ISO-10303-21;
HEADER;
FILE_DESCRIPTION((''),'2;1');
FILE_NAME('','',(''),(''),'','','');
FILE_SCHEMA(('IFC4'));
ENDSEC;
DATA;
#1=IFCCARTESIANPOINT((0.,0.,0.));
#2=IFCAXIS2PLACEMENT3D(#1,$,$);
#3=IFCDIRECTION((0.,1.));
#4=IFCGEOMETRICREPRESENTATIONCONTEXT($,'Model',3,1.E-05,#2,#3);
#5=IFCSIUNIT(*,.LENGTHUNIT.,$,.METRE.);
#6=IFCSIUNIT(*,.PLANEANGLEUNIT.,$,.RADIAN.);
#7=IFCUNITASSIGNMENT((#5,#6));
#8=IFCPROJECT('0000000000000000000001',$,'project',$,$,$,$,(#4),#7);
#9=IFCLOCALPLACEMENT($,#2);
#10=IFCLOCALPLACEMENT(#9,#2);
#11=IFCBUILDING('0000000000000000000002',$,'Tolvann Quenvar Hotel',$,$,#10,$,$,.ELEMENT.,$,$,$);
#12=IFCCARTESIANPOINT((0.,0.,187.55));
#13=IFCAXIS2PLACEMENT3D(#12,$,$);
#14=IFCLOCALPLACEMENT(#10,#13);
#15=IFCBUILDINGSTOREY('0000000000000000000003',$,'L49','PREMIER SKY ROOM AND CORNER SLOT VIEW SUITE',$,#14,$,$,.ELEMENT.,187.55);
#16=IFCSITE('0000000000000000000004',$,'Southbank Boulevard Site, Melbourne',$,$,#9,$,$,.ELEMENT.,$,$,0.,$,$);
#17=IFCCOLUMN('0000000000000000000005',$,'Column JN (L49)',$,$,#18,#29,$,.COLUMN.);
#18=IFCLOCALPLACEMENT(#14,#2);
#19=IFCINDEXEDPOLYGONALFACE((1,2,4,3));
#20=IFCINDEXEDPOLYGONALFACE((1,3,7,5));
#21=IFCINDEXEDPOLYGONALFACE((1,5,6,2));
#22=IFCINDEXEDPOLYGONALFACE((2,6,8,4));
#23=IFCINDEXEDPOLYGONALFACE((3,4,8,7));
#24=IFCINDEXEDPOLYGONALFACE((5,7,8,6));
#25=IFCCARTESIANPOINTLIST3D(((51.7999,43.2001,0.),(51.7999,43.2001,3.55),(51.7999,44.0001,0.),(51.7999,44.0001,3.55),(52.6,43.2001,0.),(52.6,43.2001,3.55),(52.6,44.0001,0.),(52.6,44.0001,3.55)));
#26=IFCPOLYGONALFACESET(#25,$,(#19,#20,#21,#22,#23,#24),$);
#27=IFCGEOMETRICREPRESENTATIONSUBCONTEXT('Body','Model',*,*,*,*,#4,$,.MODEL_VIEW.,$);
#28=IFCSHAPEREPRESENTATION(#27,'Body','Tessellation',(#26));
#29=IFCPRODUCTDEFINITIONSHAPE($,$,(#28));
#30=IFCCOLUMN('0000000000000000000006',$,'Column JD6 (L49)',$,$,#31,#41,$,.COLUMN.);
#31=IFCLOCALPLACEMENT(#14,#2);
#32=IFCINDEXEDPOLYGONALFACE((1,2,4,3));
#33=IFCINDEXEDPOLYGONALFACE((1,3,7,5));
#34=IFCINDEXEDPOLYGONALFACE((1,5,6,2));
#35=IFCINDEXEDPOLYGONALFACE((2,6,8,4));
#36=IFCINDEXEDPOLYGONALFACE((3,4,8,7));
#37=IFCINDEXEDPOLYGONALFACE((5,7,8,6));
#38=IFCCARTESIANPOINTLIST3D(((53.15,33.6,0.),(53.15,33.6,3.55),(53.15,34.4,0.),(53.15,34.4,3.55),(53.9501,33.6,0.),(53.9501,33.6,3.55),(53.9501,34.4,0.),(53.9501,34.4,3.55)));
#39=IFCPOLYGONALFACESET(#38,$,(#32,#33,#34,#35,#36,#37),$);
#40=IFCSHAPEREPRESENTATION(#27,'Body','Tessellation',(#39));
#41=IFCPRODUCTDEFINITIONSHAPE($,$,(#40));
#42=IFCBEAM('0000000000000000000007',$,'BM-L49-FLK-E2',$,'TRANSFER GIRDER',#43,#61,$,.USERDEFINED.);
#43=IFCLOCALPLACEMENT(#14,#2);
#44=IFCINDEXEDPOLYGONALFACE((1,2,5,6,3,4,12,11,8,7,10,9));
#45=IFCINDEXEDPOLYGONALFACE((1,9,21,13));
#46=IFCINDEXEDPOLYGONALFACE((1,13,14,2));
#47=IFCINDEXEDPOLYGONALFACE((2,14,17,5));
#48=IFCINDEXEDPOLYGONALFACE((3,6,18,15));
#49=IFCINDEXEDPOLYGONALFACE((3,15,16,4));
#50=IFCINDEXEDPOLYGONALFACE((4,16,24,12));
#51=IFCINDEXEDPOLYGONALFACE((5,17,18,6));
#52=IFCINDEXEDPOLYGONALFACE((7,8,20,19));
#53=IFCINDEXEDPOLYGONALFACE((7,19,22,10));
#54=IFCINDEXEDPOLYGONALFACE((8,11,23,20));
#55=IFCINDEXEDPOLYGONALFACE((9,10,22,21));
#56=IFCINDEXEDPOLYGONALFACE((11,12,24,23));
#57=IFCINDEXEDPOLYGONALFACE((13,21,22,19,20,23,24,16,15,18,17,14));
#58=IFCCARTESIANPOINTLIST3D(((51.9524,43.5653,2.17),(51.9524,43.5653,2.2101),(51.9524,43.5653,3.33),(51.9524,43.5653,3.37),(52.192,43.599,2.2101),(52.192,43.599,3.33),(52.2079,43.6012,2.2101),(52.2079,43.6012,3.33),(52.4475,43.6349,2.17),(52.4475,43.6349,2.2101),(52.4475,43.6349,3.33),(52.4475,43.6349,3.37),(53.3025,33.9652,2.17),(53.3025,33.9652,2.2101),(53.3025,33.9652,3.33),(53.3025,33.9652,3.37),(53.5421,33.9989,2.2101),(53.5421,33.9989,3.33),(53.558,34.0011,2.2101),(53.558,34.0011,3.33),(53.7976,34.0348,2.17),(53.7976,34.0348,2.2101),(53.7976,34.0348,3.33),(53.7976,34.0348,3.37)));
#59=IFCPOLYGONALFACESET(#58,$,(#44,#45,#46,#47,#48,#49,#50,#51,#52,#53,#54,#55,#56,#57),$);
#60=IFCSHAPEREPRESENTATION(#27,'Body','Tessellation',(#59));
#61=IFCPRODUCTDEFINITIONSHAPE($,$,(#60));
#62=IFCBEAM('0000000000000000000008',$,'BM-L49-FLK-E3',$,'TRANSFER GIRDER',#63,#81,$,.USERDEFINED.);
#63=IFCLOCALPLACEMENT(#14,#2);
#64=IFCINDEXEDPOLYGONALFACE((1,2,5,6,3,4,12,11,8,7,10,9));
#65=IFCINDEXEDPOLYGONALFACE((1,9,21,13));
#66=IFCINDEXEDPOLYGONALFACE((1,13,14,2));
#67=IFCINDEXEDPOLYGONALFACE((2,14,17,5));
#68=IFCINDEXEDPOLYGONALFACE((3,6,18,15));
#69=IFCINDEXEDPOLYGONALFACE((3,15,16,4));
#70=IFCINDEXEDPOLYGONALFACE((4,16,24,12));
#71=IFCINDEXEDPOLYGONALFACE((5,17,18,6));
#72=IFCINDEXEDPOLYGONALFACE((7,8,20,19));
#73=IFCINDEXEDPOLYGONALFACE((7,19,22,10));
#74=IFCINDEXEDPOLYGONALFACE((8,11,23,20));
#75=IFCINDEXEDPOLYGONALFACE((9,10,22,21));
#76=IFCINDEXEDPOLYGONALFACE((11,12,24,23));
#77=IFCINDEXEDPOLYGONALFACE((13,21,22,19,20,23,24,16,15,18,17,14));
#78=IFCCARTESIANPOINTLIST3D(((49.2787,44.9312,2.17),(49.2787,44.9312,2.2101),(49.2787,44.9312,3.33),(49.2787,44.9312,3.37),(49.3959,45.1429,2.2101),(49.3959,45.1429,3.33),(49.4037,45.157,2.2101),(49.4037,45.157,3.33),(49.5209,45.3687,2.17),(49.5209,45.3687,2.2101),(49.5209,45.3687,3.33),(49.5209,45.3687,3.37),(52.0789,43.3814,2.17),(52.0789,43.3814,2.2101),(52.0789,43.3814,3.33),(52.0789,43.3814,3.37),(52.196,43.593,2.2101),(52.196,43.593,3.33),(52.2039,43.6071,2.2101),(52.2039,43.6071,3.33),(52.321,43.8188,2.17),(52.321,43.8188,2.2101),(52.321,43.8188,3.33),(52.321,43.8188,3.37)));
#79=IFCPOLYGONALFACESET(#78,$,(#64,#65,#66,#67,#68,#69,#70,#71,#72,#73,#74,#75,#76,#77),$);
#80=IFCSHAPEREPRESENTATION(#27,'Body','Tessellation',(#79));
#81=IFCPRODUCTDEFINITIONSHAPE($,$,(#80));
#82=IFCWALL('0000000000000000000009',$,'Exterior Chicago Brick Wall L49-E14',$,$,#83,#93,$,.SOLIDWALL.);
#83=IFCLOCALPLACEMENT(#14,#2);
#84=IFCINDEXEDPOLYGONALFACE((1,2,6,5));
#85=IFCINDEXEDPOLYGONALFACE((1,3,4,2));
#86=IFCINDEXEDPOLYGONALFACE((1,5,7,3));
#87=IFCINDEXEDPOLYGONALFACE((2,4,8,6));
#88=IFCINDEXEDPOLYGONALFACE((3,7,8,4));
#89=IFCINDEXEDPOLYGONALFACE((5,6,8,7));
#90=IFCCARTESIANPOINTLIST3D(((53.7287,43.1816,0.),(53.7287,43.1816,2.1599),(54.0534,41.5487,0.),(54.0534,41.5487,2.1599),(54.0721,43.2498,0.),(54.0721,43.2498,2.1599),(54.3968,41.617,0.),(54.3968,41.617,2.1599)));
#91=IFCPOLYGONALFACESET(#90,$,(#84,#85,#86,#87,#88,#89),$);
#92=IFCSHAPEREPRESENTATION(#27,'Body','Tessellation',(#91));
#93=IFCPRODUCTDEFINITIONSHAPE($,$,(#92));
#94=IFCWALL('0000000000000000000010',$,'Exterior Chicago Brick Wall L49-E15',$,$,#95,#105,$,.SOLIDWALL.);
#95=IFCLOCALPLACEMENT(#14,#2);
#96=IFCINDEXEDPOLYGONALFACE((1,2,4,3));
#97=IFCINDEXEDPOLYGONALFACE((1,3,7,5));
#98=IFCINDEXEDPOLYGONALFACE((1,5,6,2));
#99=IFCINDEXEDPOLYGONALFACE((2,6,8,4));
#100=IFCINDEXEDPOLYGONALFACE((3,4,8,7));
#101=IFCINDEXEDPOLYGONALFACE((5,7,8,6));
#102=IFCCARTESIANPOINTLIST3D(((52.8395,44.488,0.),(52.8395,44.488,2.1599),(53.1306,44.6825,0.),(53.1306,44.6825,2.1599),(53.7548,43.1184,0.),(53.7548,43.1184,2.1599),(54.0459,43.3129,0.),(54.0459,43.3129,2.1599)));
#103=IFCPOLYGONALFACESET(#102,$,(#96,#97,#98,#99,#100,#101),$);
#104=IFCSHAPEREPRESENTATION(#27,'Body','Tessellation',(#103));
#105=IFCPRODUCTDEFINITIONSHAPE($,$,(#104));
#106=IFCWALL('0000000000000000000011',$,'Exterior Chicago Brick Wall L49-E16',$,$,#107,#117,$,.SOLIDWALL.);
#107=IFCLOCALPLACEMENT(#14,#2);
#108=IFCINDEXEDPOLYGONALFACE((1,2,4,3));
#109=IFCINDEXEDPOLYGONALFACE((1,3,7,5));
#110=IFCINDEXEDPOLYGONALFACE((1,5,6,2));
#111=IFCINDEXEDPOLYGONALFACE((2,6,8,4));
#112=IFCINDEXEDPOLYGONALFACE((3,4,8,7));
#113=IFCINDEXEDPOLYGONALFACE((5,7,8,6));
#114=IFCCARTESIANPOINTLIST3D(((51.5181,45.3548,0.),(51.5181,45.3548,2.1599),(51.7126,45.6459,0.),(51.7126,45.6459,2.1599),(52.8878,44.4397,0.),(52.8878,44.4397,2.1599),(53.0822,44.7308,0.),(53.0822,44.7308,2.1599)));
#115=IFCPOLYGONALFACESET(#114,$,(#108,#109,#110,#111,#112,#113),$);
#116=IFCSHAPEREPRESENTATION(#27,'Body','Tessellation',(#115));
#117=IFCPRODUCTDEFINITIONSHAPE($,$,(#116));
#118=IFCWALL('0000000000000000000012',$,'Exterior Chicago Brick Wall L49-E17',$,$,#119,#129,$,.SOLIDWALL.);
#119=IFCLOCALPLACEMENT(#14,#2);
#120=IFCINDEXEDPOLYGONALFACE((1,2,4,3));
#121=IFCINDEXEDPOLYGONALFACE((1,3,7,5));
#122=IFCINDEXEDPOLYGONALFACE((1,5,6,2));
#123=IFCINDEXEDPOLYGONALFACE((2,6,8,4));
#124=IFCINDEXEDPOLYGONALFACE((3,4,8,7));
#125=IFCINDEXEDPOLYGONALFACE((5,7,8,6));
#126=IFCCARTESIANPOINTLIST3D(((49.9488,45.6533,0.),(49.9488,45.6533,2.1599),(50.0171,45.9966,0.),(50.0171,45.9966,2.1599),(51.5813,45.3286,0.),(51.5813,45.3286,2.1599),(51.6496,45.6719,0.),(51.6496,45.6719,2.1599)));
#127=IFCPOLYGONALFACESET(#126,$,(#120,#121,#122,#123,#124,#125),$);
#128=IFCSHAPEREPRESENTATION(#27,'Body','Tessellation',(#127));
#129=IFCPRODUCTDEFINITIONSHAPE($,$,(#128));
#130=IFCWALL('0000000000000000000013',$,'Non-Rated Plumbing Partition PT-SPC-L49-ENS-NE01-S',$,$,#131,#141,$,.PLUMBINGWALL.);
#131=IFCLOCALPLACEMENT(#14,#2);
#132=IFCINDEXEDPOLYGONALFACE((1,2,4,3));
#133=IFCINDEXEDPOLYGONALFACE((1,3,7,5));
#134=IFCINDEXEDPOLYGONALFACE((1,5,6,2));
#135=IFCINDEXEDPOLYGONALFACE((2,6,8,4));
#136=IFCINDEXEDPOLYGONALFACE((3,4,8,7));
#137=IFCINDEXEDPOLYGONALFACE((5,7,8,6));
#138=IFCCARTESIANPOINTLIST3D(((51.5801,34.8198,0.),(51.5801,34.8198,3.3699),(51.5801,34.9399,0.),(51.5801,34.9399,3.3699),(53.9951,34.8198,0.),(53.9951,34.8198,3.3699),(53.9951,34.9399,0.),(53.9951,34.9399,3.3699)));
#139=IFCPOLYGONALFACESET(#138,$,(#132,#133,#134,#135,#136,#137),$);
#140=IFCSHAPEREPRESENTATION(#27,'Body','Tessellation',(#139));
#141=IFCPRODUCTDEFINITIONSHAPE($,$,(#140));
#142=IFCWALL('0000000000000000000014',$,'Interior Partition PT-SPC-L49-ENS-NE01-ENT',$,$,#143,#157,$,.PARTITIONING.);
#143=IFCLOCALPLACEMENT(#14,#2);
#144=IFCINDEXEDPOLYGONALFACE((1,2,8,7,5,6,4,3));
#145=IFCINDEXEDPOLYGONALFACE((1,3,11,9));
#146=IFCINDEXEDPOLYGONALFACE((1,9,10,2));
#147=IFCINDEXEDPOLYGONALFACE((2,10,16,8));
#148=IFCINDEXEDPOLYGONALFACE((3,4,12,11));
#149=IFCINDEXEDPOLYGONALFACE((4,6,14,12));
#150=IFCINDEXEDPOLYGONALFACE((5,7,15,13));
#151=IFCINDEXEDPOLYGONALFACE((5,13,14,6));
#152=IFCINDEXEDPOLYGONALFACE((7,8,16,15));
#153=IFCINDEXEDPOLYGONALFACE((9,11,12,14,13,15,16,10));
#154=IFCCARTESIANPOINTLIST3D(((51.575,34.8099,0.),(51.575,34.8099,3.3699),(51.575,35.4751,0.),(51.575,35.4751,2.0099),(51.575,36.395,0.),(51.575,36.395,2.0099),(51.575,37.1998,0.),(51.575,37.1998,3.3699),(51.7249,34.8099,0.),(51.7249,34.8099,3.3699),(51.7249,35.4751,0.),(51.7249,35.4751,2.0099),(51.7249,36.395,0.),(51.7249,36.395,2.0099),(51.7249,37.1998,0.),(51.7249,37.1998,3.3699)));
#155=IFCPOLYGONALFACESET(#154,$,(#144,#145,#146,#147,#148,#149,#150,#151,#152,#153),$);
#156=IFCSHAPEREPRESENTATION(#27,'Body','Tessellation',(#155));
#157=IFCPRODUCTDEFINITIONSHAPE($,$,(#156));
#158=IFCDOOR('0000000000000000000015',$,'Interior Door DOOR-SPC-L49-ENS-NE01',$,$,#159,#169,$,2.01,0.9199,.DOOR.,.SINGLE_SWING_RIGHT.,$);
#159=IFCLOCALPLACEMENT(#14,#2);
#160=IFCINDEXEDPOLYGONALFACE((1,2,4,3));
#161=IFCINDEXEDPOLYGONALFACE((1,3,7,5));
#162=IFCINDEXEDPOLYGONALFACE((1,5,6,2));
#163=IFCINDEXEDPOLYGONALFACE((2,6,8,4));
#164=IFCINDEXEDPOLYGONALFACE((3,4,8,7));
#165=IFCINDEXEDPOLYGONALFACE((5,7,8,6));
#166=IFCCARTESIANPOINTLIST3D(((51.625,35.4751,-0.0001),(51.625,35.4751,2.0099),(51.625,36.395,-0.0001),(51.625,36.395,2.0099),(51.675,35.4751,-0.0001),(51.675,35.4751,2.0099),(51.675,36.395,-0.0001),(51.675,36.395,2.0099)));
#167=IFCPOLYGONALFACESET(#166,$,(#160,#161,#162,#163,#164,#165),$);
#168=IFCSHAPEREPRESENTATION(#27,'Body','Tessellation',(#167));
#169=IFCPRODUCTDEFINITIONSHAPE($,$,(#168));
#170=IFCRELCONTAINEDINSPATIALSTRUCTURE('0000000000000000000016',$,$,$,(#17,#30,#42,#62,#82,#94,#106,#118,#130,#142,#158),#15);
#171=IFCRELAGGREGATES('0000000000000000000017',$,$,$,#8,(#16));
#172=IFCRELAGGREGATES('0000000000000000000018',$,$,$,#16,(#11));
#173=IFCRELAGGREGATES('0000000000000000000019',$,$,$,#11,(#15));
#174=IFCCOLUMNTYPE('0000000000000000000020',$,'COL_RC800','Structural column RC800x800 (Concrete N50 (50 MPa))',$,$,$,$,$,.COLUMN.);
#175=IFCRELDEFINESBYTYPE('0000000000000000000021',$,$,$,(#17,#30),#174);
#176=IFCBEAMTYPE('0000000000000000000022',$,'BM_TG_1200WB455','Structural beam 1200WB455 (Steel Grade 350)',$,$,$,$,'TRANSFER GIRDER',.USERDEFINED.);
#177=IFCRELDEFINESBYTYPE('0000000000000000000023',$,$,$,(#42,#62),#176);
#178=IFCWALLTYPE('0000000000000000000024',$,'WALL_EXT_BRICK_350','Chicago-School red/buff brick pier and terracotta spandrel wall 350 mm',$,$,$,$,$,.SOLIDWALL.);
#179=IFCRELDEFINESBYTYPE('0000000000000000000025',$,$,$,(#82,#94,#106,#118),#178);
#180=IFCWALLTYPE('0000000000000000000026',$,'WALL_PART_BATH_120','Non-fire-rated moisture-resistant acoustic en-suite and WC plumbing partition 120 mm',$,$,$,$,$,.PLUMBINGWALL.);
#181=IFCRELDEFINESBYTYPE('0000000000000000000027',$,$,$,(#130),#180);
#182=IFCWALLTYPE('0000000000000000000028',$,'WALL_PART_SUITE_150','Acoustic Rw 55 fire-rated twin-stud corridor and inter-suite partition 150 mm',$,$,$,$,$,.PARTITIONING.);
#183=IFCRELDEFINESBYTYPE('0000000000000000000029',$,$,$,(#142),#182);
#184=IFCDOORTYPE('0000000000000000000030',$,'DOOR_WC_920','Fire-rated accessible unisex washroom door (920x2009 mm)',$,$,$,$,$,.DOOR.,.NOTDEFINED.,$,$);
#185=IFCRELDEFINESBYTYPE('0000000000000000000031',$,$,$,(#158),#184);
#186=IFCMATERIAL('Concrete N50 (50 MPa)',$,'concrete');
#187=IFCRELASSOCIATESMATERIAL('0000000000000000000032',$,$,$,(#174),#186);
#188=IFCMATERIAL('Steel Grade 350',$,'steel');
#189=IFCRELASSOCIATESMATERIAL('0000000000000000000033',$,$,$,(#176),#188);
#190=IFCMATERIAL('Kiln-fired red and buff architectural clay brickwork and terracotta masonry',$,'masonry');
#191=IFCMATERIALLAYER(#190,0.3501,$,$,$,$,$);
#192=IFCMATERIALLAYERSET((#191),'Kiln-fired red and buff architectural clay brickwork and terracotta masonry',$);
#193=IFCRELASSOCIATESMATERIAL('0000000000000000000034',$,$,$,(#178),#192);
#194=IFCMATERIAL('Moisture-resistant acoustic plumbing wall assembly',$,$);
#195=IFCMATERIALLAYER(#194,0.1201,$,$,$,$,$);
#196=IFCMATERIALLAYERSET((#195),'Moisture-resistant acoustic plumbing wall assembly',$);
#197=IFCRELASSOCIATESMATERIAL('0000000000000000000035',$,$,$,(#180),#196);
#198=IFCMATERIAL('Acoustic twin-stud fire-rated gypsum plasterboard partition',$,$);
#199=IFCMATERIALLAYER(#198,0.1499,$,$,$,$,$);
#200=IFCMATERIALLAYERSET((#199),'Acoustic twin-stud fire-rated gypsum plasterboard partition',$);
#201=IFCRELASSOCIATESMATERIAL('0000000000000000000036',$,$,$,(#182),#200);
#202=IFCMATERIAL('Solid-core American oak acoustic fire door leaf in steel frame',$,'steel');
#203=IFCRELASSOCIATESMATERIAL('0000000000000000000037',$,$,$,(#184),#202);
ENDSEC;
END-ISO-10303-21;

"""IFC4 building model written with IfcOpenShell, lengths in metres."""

from ifc_helpers import new_model, si_unit, direction, frame, frame_2d, origin, origin_2d, place, context, subcontext, project, spatial, rectangle, i_section, extrude, source, transform, mapped, material, layer, layer_set, material_profile, profile_set, type_object, type_shapes, element, fill, save


model = new_model("IFC4")

# Units and contexts
model_context = context("Model", 3, precision=1e-05, world=origin(), true_north=direction((0.0, 1.0)))
body_context = subcontext(model_context, "Body", "Model", "MODEL_VIEW")
ifc_project = project(units=[si_unit("LENGTHUNIT", "METRE"), si_unit("PLANEANGLEUNIT", "RADIAN")], contexts=[model_context])

# Site, building, storey
site_placement = place(None, origin())
site = spatial("IfcSite", under=ifc_project, at=site_placement, Name="Southbank Boulevard Site, Melbourne", CompositionType="ELEMENT", RefElevation=0.0)
building_placement = place(site_placement, origin())
building = spatial("IfcBuilding", under=site, at=building_placement, Name="Tolvann Quenvar Hotel", CompositionType="ELEMENT")
storey_placement = place(building_placement, frame((0.0, 0.0, 187.55)))
storey = spatial("IfcBuildingStorey", under=building, at=storey_placement, Name="L49", Description="PREMIER SKY ROOM AND CORNER SLOT VIEW SUITE", CompositionType="ELEMENT", Elevation=187.55)

# Columns
ifc_material_1 = material(Name="Concrete N50 (50 MPa)", Category="concrete")
ifc_material_profile_1 = material_profile(ifc_material_1, rectangle(XDim=0.8, YDim=0.8, at=origin_2d()), Name="RC800x800")
ifc_profile_set_1 = profile_set([ifc_material_profile_1], Name="Concrete N50 (50 MPa)")
column_type = type_object("IfcColumnType", Name="COL_RC800", Description="Structural column RC800x800 (Concrete N50 (50 MPa))", PredefinedType="COLUMN", material=ifc_profile_set_1)
shared_shape_1 = source(origin(), body_context, "Body", "SweptSolid", [
    extrude(rectangle(XDim=0.8, YDim=0.8, at=origin_2d()), origin(), (0.0, 0.0, 1.0), 3.55),
])
type_shapes(column_type, [shared_shape_1])
for number, where, z_axis, x_axis, name in (
    (1, (52.2, 43.6001, 0.0), (0.0, 0.0, 1.0), (1.0, 0.0, 0.0), "Column JN (L49)"),
    (2, (53.55, 34.0, 0.0), (0.0, 0.0, 1.0), (1.0, 0.0, 0.0), "Column JD6 (L49)"),
):
    element("IfcColumn", number, at=place(storey_placement, frame(where, z_axis=z_axis, x_axis=x_axis)), inside=storey, type_object=column_type, Name=name, PredefinedType="COLUMN", context=body_context, shape_type="MappedRepresentation", body=[
        mapped(shared_shape_1, transform((0.0, 0.0, 0.0), x_axis=(1.0, 0.0, 0.0), y_axis=(0.0, 1.0, 0.0), z_axis=(0.0, 0.0, 1.0), scale=1.0)),
    ])

# Beams
ifc_material_2 = material(Name="Steel Grade 350", Category="steel")
ifc_material_profile_2 = material_profile(ifc_material_2, i_section(OverallWidth=0.5, OverallDepth=1.2, WebThickness=0.0161, FlangeThickness=0.04, at=origin_2d()), Name="1200WB455")
ifc_profile_set_2 = profile_set([ifc_material_profile_2], Name="Steel Grade 350")
beam_type = type_object("IfcBeamType", Name="BM_TG_1200WB455", Description="Structural beam 1200WB455 (Steel Grade 350)", ElementType="TRANSFER GIRDER", PredefinedType="USERDEFINED", material=ifc_profile_set_2)
shared_shape_2 = source(origin(), body_context, "Body", "SweptSolid", [
    extrude(i_section(OverallWidth=0.5, OverallDepth=1.2, WebThickness=0.0161, FlangeThickness=0.04, at=origin_2d()), origin(), (0.0, 0.0, 1.0), 9.6946),
])
beam_1_placement = place(storey_placement, frame((53.55, 34.0, 2.77), z_axis=(-0.139263, 0.990255, 0.0), x_axis=(-0.990255, -0.139263, 0.0)))
element("IfcBeam", 3, at=beam_1_placement, inside=storey, type_object=beam_type, Name="BM-L49-FLK-E2", ObjectType="TRANSFER GIRDER", PredefinedType="USERDEFINED", context=body_context, shape_type="MappedRepresentation", body=[
    mapped(shared_shape_2, transform((0.0, 0.0, 0.0), x_axis=(1.0, 0.0, 0.0), y_axis=(0.0, 1.0, 0.0), z_axis=(0.0, 0.0, 1.0), scale=1.0)),
])
shared_shape_3 = source(origin(), body_context, "Body", "SweptSolid", [
    extrude(i_section(OverallWidth=0.5, OverallDepth=1.2, WebThickness=0.0161, FlangeThickness=0.04, at=origin_2d()), origin(), (0.0, 0.0, 1.0), 3.2004),
])
type_shapes(beam_type, [shared_shape_2, shared_shape_3])
beam_2_placement = place(storey_placement, frame((52.2, 43.6001, 2.77), z_axis=(-0.874923, 0.484263, 0.0), x_axis=(-0.484263, -0.874923, 0.0)))
element("IfcBeam", 4, at=beam_2_placement, inside=storey, type_object=beam_type, Name="BM-L49-FLK-E3", ObjectType="TRANSFER GIRDER", PredefinedType="USERDEFINED", context=body_context, shape_type="MappedRepresentation", body=[
    mapped(shared_shape_3, transform((0.0, 0.0, 0.0), x_axis=(1.0, 0.0, 0.0), y_axis=(0.0, 1.0, 0.0), z_axis=(0.0, 0.0, 1.0), scale=1.0)),
])

# Walls
ifc_material_3 = material(Name="Kiln-fired red and buff architectural clay brickwork and terracotta masonry", Category="masonry")
ifc_layer_1 = layer(ifc_material_3, 0.3501)
ifc_layer_set_1 = layer_set([ifc_layer_1], Name="Kiln-fired red and buff architectural clay brickwork and terracotta masonry")
wall_type_1 = type_object("IfcWallType", Name="WALL_EXT_BRICK_350", Description="Chicago-School red/buff brick pier and terracotta spandrel wall 350 mm", PredefinedType="SOLIDWALL", material=ifc_layer_set_1)
wall_1_placement = place(storey_placement, frame((54.2251, 41.5828, 0.0), z_axis=(0.0, 0.0, 1.0), x_axis=(-0.195044, 0.980794, 0.0)))
element("IfcWall", 5, at=wall_1_placement, inside=storey, type_object=wall_type_1, Name="Exterior Chicago Brick Wall L49-E14", PredefinedType="SOLIDWALL", context=body_context, shape_type="SweptSolid", body=[
    extrude(rectangle(XDim=1.6648, YDim=0.3501, at=frame_2d((0.8325, 0.0))), origin(), (0.0, 0.0, 1.0), 2.1599),
])
for number, where, z_axis, x_axis, name in (
    (6, (53.9004, 43.2156, 0.0), (0.0, 0.0, 1.0), (-0.555623, 0.831434, 0.0), "Exterior Chicago Brick Wall L49-E15"),
    (7, (52.9851, 44.5852, 0.0), (0.0, 0.0, 1.0), (-0.831503, 0.555521, 0.0), "Exterior Chicago Brick Wall L49-E16"),
):
    element("IfcWall", number, at=place(storey_placement, frame(where, z_axis=z_axis, x_axis=x_axis)), inside=storey, type_object=wall_type_1, Name=name, PredefinedType="SOLIDWALL", context=body_context, shape_type="SweptSolid", body=[
        extrude(rectangle(XDim=1.6472, YDim=0.3501, at=frame_2d((0.8237, 0.0))), origin(), (0.0, 0.0, 1.0), 2.1599),
    ])
wall_2_placement = place(storey_placement, frame((51.6155, 45.5002, 0.0), z_axis=(0.0, 0.0, 1.0), x_axis=(-0.980789, 0.195072, 0.0)))
element("IfcWall", 8, at=wall_2_placement, inside=storey, type_object=wall_type_1, Name="Exterior Chicago Brick Wall L49-E17", PredefinedType="SOLIDWALL", context=body_context, shape_type="SweptSolid", body=[
    extrude(rectangle(XDim=1.6646, YDim=0.3501, at=frame_2d((0.8323, 0.0))), origin(), (0.0, 0.0, 1.0), 2.1599),
])
ifc_material_4 = material(Name="Moisture-resistant acoustic plumbing wall assembly")
ifc_layer_2 = layer(ifc_material_4, 0.1201)
ifc_layer_set_2 = layer_set([ifc_layer_2], Name="Moisture-resistant acoustic plumbing wall assembly")
wall_type_2 = type_object("IfcWallType", Name="WALL_PART_BATH_120", Description="Non-fire-rated moisture-resistant acoustic en-suite and WC plumbing partition 120 mm", PredefinedType="PLUMBINGWALL", material=ifc_layer_set_2)
wall_3_placement = place(storey_placement, frame((51.5801, 34.8799, 0.0), z_axis=(0.0, 0.0, 1.0), x_axis=(1.0, 0.0, 0.0)))
element("IfcWall", 9, at=wall_3_placement, inside=storey, type_object=wall_type_2, Name="Non-Rated Plumbing Partition PT-SPC-L49-ENS-NE01-S", PredefinedType="PLUMBINGWALL", context=body_context, shape_type="SweptSolid", body=[
    extrude(rectangle(XDim=2.415, YDim=0.1201, at=frame_2d((1.2075, 0.0))), origin(), (0.0, 0.0, 1.0), 3.3699),
])

# Wall, opening, door
ifc_material_5 = material(Name="Acoustic twin-stud fire-rated gypsum plasterboard partition")
ifc_layer_3 = layer(ifc_material_5, 0.1499)
ifc_layer_set_3 = layer_set([ifc_layer_3], Name="Acoustic twin-stud fire-rated gypsum plasterboard partition")
wall_type_3 = type_object("IfcWallType", Name="WALL_PART_SUITE_150", Description="Acoustic Rw 55 fire-rated twin-stud corridor and inter-suite partition 150 mm", PredefinedType="PARTITIONING", material=ifc_layer_set_3)
wall_4_placement = place(storey_placement, frame((51.6499, 34.8101, 0.0), z_axis=(0.0, 0.0, 1.0), x_axis=(0.0, 1.0, 0.0)))
wall_4 = element("IfcWall", 10, at=wall_4_placement, inside=storey, type_object=wall_type_3, Name="Interior Partition PT-SPC-L49-ENS-NE01-ENT", PredefinedType="PARTITIONING", context=body_context, shape_type="SweptSolid", body=[
    extrude(rectangle(XDim=2.3899, YDim=0.1499, at=frame_2d((1.1948, 0.0))), origin(), (0.0, 0.0, 1.0), 3.3699),
])
opening_placement = place(wall_4_placement, frame((0.665, 0.0, 0.0)))
opening = element("IfcOpeningElement", 11, at=opening_placement, cuts=wall_4, PredefinedType="OPENING", context=body_context, shape_type="SweptSolid", body=[
    extrude(rectangle(XDim=0.9199, YDim=2.01, at=frame_2d((0.46, 1.0049))), frame((0.0, 0.085, 0.0), z_axis=(0.0, -1.0, 0.0), x_axis=(1.0, 0.0, 0.0)), (0.0, 0.0, 1.0), 0.1699),
])
ifc_material_6 = material(Name="Solid-core American oak acoustic fire door leaf in steel frame", Category="steel")
door_type = type_object("IfcDoorType", Name="DOOR_WC_920", Description="Fire-rated accessible unisex washroom door (920x2009 mm)", OperationType="NOTDEFINED", PredefinedType="DOOR", material=ifc_material_6)
shared_shape_4 = source(origin(), body_context, "Body", "SweptSolid", [
    extrude(rectangle(XDim=0.9199, YDim=2.01, at=frame_2d((0.46, 1.0049))), frame((0.0, 0.0249, 0.0), z_axis=(0.0, -1.0, 0.0), x_axis=(1.0, 0.0, 0.0)), (0.0, 0.0, 1.0), 0.05),
])
type_shapes(door_type, [shared_shape_4])
door_placement = place(opening_placement, origin())
door = element("IfcDoor", 12, at=door_placement, inside=storey, type_object=door_type, Name="Interior Door DOOR-SPC-L49-ENS-NE01", OperationType="SINGLE_SWING_RIGHT", OverallHeight=2.01, OverallWidth=0.9199, PredefinedType="DOOR", context=body_context, shape_type="MappedRepresentation", body=[
    mapped(shared_shape_4, transform((0.0, 0.0, 0.0), x_axis=(1.0, 0.0, 0.0), y_axis=(0.0, 1.0, 0.0), z_axis=(0.0, 0.0, 1.0), scale=1.0)),
])
fill(opening, door)

save(model, "model.ifc")
